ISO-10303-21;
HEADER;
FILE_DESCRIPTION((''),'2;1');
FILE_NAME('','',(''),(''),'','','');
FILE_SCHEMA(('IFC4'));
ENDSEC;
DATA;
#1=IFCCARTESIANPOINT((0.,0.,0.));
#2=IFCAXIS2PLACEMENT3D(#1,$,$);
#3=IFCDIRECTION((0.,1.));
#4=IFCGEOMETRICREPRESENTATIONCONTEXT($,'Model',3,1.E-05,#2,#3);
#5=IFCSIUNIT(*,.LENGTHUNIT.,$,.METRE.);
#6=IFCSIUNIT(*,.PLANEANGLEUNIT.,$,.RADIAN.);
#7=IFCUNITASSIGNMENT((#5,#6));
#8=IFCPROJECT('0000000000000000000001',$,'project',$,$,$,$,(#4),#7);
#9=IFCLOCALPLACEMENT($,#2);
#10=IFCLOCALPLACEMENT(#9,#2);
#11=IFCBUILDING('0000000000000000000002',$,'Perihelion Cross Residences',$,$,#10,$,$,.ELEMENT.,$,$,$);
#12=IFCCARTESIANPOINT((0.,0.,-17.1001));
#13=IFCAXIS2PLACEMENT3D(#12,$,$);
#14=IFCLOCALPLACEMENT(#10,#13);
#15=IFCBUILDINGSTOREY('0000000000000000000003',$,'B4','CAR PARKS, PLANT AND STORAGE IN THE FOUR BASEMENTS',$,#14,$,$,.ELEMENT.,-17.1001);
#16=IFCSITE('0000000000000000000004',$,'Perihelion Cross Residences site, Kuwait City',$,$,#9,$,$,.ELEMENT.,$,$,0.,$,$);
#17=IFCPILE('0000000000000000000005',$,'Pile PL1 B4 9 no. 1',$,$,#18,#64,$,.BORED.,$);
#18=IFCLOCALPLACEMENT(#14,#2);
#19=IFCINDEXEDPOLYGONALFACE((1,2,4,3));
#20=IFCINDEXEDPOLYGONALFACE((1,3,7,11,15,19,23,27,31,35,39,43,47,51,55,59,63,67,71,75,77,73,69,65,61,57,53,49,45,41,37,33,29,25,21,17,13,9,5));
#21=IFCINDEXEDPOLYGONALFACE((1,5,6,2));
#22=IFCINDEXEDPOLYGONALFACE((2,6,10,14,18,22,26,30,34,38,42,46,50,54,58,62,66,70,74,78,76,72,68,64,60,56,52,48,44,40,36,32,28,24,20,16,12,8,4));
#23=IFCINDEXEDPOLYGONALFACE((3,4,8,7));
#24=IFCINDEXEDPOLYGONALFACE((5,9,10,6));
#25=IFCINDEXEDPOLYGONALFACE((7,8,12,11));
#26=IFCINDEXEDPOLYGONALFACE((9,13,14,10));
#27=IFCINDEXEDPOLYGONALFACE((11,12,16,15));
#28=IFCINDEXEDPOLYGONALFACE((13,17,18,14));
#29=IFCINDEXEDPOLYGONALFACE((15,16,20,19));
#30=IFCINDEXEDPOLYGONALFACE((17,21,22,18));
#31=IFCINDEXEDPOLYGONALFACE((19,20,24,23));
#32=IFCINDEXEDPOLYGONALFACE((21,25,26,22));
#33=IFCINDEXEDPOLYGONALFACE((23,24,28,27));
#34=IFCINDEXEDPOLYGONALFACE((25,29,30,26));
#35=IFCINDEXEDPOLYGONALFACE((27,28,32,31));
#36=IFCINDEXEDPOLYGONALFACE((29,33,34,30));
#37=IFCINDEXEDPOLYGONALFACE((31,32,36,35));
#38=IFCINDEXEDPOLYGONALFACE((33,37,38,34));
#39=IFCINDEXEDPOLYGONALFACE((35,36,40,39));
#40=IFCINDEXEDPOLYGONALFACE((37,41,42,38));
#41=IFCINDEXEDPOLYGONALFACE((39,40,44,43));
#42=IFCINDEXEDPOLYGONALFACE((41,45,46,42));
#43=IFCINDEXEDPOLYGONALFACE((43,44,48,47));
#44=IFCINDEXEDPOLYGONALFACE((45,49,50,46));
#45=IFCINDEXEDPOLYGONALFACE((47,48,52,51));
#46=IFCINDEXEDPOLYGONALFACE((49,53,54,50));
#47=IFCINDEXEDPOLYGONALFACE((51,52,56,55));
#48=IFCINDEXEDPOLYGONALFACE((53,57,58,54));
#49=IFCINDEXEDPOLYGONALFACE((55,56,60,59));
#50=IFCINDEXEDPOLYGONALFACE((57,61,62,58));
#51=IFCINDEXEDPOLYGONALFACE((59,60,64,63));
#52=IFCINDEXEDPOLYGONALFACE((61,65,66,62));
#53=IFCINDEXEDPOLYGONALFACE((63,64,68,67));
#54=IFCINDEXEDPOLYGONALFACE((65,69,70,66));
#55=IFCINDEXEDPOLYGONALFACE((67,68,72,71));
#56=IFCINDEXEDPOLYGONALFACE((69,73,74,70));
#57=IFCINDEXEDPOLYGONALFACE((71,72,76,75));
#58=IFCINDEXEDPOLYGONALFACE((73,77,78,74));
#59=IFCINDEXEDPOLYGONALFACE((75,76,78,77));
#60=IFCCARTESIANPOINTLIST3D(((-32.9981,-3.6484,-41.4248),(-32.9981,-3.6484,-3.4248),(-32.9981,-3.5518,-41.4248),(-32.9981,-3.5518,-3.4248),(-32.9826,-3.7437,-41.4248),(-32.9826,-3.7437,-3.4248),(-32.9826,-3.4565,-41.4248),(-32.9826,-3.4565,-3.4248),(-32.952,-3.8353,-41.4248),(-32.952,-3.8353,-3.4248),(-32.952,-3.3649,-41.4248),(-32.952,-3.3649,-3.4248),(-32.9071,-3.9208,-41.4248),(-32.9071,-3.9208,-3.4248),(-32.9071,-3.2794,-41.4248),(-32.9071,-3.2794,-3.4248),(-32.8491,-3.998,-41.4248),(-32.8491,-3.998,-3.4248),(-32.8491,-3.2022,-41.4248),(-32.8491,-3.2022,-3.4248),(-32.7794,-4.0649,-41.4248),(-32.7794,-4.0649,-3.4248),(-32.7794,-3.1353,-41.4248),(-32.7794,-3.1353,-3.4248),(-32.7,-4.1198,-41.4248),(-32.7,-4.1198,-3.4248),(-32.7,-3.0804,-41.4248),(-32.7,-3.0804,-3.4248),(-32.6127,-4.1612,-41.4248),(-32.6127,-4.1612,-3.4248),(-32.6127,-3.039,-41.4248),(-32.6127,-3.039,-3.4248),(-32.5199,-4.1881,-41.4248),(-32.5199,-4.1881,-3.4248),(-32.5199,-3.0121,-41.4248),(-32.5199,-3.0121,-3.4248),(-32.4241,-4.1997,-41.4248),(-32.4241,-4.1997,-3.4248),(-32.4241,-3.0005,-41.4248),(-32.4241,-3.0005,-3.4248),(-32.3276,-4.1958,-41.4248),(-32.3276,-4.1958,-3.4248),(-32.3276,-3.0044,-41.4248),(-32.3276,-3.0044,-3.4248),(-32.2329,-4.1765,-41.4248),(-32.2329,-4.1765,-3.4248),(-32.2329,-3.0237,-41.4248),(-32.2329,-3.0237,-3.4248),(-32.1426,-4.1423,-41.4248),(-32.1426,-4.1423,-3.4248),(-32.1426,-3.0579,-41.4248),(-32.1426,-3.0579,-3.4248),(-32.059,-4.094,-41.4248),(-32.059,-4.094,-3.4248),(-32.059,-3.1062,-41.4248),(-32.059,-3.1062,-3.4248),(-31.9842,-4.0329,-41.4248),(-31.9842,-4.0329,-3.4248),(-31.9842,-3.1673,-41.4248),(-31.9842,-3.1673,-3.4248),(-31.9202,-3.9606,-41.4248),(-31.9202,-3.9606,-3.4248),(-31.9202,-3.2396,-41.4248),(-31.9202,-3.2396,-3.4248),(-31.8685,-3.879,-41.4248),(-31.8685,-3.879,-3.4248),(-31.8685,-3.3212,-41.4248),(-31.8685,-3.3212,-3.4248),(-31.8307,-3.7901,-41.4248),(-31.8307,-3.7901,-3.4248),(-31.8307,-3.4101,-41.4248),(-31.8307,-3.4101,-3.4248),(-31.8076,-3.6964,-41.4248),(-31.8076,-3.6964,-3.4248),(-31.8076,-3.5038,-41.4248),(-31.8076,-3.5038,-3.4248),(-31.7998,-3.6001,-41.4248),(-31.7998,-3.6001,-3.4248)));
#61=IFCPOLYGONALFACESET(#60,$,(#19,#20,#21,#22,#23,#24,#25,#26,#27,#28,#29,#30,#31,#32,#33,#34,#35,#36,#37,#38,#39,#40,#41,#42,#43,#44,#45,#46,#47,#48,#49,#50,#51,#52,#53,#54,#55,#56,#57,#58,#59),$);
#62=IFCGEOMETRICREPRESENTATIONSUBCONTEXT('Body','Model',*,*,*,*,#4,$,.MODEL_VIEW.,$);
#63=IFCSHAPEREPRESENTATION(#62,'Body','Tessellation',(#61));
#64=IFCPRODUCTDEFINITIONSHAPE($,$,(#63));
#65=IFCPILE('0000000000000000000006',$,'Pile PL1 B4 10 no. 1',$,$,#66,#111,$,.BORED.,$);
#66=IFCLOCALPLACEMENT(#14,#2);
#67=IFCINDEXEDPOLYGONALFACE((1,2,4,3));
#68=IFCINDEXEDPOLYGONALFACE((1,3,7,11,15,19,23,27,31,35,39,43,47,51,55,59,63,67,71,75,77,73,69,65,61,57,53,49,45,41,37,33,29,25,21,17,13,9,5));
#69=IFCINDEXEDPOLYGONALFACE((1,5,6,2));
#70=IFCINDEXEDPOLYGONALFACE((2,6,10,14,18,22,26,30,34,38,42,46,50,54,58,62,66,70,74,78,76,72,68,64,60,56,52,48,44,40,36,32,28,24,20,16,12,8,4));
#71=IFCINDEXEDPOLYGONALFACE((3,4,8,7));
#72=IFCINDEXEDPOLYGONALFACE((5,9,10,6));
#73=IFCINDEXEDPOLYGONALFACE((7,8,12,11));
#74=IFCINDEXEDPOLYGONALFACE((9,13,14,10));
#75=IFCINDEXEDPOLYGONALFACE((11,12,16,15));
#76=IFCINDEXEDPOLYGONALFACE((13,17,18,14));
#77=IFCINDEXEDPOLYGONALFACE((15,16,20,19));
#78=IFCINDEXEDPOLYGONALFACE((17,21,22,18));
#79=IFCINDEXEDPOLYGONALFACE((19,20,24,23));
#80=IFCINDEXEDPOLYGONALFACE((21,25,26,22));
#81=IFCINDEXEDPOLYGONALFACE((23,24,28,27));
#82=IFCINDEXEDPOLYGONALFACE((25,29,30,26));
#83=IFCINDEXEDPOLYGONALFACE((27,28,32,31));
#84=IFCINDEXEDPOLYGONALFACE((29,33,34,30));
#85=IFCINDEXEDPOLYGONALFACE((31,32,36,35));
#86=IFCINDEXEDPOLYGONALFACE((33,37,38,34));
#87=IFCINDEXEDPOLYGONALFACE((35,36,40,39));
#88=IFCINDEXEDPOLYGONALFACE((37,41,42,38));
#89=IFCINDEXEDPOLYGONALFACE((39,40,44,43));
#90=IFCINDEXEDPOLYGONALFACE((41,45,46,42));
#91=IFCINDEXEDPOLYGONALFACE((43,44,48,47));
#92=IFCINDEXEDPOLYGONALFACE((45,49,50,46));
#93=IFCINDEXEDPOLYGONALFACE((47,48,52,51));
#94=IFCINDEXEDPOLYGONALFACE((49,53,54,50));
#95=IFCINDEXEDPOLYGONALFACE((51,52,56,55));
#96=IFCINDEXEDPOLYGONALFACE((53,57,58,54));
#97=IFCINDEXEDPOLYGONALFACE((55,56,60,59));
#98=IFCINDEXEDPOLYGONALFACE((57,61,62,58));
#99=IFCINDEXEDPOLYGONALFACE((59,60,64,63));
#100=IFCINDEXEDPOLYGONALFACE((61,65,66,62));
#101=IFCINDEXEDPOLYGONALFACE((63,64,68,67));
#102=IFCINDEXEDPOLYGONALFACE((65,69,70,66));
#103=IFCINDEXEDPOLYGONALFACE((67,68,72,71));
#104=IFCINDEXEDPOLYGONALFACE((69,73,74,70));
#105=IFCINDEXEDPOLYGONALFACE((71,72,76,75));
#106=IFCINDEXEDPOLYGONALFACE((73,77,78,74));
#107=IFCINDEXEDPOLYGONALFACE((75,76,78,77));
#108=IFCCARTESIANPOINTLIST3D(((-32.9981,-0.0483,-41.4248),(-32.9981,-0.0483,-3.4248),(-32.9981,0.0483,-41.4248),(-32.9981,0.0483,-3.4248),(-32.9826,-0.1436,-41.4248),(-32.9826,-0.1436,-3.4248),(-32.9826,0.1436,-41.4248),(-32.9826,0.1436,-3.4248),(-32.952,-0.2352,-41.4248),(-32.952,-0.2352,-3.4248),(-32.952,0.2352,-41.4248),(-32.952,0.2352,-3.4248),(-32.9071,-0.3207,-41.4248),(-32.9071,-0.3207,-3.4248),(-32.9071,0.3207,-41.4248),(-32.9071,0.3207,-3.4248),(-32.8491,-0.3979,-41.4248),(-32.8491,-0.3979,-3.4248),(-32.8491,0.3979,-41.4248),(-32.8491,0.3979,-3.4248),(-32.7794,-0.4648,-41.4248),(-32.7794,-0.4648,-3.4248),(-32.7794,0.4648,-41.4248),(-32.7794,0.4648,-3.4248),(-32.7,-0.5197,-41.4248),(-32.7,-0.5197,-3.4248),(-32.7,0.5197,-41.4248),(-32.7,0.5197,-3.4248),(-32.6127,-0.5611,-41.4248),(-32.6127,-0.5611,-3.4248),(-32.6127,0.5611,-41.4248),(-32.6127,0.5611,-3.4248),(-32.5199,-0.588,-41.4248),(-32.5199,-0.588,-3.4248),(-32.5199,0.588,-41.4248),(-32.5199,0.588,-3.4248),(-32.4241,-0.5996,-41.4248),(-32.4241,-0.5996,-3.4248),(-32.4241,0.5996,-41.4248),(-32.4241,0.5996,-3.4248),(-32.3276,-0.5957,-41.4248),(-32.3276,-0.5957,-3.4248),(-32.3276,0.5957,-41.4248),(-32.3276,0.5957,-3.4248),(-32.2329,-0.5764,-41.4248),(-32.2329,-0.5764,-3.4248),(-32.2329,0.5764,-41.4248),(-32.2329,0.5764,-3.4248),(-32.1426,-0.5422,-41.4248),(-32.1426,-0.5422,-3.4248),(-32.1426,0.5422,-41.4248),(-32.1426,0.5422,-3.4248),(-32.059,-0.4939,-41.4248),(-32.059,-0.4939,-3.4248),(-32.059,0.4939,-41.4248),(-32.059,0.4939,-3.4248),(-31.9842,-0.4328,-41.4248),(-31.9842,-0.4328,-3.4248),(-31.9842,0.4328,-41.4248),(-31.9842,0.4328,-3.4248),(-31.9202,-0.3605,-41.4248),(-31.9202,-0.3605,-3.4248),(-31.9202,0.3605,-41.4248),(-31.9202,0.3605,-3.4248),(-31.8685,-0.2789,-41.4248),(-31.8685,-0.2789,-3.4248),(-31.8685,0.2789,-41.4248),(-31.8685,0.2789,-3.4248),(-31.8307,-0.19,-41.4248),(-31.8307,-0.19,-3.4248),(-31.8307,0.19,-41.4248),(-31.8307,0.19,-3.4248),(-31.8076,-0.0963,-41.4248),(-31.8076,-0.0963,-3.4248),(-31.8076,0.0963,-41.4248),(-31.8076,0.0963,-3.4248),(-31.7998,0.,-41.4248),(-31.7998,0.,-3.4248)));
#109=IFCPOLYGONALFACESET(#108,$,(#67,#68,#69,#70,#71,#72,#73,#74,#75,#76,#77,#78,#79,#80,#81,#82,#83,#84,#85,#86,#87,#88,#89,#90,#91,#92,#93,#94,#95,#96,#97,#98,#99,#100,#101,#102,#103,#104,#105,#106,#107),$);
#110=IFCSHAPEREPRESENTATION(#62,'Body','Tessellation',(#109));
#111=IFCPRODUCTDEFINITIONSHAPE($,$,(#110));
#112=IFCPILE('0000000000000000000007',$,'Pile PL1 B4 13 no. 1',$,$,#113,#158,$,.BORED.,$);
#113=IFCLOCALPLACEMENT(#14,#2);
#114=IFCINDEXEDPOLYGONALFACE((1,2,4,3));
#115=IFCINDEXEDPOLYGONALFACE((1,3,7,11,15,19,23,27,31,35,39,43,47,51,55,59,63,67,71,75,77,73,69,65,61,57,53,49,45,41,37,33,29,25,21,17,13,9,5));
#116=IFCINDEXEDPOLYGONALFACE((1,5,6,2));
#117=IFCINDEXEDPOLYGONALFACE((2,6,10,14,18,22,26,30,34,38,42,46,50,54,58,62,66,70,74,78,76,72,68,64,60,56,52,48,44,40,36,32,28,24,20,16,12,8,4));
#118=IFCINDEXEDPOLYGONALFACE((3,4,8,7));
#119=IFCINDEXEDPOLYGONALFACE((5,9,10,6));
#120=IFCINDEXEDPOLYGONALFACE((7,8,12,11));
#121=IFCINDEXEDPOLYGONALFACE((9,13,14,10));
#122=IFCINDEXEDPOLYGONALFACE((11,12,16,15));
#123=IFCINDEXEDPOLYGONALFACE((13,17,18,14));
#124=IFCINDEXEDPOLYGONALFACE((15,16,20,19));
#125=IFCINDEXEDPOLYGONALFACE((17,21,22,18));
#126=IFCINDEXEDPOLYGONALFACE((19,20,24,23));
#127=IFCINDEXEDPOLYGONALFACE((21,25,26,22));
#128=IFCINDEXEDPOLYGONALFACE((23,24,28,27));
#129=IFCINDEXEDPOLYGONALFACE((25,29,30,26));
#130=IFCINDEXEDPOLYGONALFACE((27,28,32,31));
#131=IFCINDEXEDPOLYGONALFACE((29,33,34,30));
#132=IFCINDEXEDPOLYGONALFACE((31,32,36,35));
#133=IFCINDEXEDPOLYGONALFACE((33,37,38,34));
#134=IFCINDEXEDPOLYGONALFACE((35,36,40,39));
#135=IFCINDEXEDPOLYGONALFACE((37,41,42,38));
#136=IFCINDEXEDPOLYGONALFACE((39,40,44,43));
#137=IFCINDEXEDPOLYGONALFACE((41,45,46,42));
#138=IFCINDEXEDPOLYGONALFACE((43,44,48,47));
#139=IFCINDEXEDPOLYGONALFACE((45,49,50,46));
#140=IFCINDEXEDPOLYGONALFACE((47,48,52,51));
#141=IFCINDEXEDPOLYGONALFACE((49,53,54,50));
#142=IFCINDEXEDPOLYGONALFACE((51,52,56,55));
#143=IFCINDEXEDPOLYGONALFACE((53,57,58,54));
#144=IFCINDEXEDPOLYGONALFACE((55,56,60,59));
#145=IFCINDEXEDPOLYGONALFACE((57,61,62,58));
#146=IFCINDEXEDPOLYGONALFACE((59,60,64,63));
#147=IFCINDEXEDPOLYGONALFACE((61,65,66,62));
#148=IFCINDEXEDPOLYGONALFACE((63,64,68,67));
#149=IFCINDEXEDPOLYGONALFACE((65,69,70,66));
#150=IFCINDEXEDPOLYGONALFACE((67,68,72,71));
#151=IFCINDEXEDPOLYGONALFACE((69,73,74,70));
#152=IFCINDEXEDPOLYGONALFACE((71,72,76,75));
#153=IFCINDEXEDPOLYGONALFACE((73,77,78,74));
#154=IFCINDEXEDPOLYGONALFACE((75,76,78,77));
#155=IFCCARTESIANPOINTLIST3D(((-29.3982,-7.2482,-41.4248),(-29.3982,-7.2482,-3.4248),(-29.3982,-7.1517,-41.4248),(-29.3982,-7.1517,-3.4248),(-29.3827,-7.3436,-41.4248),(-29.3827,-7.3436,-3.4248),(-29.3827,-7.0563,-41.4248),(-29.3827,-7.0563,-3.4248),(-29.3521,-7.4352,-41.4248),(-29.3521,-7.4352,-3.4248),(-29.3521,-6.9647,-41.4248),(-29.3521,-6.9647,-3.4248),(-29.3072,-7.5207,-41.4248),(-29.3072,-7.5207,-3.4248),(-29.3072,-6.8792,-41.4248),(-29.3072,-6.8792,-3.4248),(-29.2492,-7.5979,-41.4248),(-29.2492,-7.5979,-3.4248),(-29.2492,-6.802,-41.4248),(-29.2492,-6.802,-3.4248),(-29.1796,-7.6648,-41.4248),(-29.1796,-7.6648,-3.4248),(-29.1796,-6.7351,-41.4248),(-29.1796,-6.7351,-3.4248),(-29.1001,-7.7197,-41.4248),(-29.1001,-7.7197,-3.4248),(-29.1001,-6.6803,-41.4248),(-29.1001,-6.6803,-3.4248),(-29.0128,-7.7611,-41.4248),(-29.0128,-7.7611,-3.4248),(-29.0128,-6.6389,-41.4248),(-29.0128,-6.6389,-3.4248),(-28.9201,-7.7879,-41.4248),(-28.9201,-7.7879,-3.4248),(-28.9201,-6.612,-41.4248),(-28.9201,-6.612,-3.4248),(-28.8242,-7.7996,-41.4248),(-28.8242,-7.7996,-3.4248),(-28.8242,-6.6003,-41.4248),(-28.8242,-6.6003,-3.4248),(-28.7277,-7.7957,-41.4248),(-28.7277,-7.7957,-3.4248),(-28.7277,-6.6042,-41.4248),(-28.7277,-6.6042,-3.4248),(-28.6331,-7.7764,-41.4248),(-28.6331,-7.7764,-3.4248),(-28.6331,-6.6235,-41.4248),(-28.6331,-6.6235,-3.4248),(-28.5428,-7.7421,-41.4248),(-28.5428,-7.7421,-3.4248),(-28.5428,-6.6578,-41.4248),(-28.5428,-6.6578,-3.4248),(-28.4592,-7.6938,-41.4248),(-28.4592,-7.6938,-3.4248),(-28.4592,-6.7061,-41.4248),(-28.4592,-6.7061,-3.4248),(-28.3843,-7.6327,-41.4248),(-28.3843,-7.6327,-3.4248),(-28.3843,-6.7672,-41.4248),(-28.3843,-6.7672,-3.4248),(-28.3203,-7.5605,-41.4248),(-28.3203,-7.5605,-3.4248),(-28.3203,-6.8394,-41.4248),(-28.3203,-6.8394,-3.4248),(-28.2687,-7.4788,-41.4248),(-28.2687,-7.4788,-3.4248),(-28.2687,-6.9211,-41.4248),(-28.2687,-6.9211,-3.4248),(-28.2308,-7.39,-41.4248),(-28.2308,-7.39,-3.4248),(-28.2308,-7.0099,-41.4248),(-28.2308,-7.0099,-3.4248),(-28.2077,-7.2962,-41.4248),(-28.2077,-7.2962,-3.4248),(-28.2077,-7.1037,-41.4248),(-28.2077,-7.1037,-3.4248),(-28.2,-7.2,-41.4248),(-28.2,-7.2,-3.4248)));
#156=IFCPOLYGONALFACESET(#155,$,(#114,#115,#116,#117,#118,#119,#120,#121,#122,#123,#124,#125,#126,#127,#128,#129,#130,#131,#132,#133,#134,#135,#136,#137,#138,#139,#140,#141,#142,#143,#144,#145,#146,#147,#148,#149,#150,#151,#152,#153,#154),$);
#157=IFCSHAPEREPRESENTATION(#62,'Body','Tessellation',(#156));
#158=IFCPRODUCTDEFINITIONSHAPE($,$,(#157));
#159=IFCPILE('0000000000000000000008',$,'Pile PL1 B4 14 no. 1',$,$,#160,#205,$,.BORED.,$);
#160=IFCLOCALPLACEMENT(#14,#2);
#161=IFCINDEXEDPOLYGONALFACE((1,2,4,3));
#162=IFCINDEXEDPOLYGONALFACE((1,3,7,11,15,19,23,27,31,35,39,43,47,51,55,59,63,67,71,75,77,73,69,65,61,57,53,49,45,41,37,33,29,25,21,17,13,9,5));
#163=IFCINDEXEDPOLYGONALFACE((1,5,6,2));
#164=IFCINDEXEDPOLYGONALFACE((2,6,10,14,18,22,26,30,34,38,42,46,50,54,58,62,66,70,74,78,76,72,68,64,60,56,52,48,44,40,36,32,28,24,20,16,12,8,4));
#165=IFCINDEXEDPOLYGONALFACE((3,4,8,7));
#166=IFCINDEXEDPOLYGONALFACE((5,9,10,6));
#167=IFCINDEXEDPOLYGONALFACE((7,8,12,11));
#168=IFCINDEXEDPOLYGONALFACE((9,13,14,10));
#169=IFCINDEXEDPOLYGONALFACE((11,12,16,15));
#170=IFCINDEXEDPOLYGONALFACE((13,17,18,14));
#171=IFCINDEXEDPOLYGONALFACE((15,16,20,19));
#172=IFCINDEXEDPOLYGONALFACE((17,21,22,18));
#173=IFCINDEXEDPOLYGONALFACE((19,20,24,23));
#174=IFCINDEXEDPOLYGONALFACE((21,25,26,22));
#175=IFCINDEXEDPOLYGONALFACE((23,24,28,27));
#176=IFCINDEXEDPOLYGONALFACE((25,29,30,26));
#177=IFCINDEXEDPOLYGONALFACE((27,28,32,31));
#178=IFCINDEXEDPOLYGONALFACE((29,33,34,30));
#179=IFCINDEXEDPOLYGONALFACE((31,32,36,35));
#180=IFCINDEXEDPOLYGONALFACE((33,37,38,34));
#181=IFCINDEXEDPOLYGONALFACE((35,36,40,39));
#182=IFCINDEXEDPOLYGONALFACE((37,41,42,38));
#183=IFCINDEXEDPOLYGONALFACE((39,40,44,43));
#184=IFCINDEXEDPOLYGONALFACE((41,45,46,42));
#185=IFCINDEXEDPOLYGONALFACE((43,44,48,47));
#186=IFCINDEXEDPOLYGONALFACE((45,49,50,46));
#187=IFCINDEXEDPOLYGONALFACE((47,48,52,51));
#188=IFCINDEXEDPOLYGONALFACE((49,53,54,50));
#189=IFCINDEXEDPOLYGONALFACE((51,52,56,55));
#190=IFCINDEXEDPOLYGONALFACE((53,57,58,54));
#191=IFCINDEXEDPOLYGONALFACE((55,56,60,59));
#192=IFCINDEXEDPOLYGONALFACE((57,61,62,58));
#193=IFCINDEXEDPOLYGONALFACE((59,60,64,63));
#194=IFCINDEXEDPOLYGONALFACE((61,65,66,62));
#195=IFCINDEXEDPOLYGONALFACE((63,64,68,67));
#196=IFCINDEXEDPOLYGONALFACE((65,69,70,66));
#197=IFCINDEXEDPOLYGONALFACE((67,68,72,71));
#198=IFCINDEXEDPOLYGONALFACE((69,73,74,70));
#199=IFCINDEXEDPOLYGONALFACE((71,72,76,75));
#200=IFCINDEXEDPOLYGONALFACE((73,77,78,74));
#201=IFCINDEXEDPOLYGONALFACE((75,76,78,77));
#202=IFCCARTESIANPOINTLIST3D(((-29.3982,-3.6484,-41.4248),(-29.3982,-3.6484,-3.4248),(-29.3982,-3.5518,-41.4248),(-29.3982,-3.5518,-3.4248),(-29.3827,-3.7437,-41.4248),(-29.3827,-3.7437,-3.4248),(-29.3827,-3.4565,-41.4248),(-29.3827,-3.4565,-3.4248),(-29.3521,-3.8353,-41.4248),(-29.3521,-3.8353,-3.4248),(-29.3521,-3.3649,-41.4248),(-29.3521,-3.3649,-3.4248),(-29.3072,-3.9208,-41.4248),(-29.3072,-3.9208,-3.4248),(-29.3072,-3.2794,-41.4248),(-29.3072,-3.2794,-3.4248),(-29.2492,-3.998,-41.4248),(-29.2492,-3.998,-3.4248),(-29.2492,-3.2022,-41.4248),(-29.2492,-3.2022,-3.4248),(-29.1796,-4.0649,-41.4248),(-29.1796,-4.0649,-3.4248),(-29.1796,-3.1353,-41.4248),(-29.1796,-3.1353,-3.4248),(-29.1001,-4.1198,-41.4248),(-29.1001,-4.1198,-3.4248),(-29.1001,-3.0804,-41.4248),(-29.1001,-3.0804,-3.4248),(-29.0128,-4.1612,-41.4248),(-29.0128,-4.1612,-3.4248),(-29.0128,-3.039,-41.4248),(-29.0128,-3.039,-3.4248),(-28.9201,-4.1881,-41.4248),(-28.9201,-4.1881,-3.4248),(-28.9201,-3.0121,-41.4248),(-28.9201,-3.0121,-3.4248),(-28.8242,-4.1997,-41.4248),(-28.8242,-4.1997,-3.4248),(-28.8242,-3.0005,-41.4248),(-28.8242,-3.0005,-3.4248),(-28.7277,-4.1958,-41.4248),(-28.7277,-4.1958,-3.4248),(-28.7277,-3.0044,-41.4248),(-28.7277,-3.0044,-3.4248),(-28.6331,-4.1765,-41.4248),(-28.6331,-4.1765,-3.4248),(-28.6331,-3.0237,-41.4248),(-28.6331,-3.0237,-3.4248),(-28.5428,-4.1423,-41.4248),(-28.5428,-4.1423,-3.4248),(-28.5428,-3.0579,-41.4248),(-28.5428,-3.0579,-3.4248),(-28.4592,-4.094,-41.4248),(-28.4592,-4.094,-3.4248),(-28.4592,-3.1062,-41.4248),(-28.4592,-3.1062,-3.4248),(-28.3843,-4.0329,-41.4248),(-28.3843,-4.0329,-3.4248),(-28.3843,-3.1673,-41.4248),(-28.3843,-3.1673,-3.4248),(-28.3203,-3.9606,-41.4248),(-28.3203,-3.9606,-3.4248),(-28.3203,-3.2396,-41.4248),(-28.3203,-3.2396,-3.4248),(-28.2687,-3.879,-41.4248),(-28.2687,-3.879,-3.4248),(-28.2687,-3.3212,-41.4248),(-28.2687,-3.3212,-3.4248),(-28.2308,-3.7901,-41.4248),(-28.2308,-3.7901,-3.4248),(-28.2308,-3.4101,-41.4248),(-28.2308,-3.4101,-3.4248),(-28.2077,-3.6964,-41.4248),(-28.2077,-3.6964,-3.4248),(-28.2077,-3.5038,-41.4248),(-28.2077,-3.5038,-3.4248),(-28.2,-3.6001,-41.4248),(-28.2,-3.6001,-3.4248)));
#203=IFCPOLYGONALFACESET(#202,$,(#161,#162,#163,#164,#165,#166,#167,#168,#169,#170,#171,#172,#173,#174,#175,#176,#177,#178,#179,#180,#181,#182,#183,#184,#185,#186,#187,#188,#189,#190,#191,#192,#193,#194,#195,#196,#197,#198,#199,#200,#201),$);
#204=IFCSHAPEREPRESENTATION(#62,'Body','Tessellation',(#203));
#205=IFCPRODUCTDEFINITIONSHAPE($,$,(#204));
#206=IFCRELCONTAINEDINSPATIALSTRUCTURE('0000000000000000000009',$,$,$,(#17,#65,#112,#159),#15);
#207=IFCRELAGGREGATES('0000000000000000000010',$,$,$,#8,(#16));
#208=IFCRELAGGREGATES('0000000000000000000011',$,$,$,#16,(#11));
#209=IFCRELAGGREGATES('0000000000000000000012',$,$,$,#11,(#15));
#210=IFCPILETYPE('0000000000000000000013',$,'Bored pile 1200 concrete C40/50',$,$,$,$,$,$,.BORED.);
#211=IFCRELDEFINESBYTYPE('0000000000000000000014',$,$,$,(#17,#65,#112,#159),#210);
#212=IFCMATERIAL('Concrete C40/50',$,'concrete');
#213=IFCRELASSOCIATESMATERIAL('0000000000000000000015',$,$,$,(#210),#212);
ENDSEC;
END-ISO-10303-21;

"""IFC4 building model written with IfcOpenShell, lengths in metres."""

from ifc_helpers import new_model, si_unit, direction, frame, origin, origin_2d, place, context, subcontext, project, spatial, circle, extrude, material, type_object, element, save


model = new_model("IFC4")

# Units and contexts
model_context = context("Model", 3, precision=1e-05, world=origin(), true_north=direction((0.0, 1.0)))
body_context = subcontext(model_context, "Body", "Model", "MODEL_VIEW")
ifc_project = project(units=[si_unit("LENGTHUNIT", "METRE"), si_unit("PLANEANGLEUNIT", "RADIAN")], contexts=[model_context])

# Site, building, storey
site_placement = place(None, origin())
site = spatial("IfcSite", under=ifc_project, at=site_placement, Name="Perihelion Cross Residences site, Kuwait City", CompositionType="ELEMENT", RefElevation=0.0)
building_placement = place(site_placement, origin())
building = spatial("IfcBuilding", under=site, at=building_placement, Name="Perihelion Cross Residences", CompositionType="ELEMENT")
storey_placement = place(building_placement, frame((0.0, 0.0, -17.1001)))
storey = spatial("IfcBuildingStorey", under=building, at=storey_placement, Name="B4", Description="CAR PARKS, PLANT AND STORAGE IN THE FOUR BASEMENTS", CompositionType="ELEMENT", Elevation=-17.1001)

# Piles
ifc_material_1 = material(Name="Concrete C40/50", Category="concrete")
pile_type = type_object("IfcPileType", Name="Bored pile 1200 concrete C40/50", PredefinedType="BORED", material=ifc_material_1)
for number, where, z_axis, x_axis, name in (
    (1, (-32.3999, -3.6001, -3.4248), (0.0, 0.0, -1.0), (1.0, 0.0, 0.0), "Pile PL1 B4 9 no. 1"),
    (2, (-32.3999, 0.0, -3.4248), (0.0, 0.0, -1.0), (1.0, 0.0, 0.0), "Pile PL1 B4 10 no. 1"),
    (3, (-28.8, -7.2, -3.4248), (0.0, 0.0, -1.0), (1.0, 0.0, 0.0), "Pile PL1 B4 13 no. 1"),
    (4, (-28.8, -3.6001, -3.4248), (0.0, 0.0, -1.0), (1.0, 0.0, 0.0), "Pile PL1 B4 14 no. 1"),
):
    element("IfcPile", number, at=place(storey_placement, frame(where, z_axis=z_axis, x_axis=x_axis)), inside=storey, type_object=pile_type, Name=name, PredefinedType="BORED", context=body_context, shape_type="SweptSolid", body=[
        extrude(circle(Radius=0.6001, at=origin_2d()), origin(), (0.0, 0.0, 1.0), 38.0),
    ])

save(model, "model.ifc")
